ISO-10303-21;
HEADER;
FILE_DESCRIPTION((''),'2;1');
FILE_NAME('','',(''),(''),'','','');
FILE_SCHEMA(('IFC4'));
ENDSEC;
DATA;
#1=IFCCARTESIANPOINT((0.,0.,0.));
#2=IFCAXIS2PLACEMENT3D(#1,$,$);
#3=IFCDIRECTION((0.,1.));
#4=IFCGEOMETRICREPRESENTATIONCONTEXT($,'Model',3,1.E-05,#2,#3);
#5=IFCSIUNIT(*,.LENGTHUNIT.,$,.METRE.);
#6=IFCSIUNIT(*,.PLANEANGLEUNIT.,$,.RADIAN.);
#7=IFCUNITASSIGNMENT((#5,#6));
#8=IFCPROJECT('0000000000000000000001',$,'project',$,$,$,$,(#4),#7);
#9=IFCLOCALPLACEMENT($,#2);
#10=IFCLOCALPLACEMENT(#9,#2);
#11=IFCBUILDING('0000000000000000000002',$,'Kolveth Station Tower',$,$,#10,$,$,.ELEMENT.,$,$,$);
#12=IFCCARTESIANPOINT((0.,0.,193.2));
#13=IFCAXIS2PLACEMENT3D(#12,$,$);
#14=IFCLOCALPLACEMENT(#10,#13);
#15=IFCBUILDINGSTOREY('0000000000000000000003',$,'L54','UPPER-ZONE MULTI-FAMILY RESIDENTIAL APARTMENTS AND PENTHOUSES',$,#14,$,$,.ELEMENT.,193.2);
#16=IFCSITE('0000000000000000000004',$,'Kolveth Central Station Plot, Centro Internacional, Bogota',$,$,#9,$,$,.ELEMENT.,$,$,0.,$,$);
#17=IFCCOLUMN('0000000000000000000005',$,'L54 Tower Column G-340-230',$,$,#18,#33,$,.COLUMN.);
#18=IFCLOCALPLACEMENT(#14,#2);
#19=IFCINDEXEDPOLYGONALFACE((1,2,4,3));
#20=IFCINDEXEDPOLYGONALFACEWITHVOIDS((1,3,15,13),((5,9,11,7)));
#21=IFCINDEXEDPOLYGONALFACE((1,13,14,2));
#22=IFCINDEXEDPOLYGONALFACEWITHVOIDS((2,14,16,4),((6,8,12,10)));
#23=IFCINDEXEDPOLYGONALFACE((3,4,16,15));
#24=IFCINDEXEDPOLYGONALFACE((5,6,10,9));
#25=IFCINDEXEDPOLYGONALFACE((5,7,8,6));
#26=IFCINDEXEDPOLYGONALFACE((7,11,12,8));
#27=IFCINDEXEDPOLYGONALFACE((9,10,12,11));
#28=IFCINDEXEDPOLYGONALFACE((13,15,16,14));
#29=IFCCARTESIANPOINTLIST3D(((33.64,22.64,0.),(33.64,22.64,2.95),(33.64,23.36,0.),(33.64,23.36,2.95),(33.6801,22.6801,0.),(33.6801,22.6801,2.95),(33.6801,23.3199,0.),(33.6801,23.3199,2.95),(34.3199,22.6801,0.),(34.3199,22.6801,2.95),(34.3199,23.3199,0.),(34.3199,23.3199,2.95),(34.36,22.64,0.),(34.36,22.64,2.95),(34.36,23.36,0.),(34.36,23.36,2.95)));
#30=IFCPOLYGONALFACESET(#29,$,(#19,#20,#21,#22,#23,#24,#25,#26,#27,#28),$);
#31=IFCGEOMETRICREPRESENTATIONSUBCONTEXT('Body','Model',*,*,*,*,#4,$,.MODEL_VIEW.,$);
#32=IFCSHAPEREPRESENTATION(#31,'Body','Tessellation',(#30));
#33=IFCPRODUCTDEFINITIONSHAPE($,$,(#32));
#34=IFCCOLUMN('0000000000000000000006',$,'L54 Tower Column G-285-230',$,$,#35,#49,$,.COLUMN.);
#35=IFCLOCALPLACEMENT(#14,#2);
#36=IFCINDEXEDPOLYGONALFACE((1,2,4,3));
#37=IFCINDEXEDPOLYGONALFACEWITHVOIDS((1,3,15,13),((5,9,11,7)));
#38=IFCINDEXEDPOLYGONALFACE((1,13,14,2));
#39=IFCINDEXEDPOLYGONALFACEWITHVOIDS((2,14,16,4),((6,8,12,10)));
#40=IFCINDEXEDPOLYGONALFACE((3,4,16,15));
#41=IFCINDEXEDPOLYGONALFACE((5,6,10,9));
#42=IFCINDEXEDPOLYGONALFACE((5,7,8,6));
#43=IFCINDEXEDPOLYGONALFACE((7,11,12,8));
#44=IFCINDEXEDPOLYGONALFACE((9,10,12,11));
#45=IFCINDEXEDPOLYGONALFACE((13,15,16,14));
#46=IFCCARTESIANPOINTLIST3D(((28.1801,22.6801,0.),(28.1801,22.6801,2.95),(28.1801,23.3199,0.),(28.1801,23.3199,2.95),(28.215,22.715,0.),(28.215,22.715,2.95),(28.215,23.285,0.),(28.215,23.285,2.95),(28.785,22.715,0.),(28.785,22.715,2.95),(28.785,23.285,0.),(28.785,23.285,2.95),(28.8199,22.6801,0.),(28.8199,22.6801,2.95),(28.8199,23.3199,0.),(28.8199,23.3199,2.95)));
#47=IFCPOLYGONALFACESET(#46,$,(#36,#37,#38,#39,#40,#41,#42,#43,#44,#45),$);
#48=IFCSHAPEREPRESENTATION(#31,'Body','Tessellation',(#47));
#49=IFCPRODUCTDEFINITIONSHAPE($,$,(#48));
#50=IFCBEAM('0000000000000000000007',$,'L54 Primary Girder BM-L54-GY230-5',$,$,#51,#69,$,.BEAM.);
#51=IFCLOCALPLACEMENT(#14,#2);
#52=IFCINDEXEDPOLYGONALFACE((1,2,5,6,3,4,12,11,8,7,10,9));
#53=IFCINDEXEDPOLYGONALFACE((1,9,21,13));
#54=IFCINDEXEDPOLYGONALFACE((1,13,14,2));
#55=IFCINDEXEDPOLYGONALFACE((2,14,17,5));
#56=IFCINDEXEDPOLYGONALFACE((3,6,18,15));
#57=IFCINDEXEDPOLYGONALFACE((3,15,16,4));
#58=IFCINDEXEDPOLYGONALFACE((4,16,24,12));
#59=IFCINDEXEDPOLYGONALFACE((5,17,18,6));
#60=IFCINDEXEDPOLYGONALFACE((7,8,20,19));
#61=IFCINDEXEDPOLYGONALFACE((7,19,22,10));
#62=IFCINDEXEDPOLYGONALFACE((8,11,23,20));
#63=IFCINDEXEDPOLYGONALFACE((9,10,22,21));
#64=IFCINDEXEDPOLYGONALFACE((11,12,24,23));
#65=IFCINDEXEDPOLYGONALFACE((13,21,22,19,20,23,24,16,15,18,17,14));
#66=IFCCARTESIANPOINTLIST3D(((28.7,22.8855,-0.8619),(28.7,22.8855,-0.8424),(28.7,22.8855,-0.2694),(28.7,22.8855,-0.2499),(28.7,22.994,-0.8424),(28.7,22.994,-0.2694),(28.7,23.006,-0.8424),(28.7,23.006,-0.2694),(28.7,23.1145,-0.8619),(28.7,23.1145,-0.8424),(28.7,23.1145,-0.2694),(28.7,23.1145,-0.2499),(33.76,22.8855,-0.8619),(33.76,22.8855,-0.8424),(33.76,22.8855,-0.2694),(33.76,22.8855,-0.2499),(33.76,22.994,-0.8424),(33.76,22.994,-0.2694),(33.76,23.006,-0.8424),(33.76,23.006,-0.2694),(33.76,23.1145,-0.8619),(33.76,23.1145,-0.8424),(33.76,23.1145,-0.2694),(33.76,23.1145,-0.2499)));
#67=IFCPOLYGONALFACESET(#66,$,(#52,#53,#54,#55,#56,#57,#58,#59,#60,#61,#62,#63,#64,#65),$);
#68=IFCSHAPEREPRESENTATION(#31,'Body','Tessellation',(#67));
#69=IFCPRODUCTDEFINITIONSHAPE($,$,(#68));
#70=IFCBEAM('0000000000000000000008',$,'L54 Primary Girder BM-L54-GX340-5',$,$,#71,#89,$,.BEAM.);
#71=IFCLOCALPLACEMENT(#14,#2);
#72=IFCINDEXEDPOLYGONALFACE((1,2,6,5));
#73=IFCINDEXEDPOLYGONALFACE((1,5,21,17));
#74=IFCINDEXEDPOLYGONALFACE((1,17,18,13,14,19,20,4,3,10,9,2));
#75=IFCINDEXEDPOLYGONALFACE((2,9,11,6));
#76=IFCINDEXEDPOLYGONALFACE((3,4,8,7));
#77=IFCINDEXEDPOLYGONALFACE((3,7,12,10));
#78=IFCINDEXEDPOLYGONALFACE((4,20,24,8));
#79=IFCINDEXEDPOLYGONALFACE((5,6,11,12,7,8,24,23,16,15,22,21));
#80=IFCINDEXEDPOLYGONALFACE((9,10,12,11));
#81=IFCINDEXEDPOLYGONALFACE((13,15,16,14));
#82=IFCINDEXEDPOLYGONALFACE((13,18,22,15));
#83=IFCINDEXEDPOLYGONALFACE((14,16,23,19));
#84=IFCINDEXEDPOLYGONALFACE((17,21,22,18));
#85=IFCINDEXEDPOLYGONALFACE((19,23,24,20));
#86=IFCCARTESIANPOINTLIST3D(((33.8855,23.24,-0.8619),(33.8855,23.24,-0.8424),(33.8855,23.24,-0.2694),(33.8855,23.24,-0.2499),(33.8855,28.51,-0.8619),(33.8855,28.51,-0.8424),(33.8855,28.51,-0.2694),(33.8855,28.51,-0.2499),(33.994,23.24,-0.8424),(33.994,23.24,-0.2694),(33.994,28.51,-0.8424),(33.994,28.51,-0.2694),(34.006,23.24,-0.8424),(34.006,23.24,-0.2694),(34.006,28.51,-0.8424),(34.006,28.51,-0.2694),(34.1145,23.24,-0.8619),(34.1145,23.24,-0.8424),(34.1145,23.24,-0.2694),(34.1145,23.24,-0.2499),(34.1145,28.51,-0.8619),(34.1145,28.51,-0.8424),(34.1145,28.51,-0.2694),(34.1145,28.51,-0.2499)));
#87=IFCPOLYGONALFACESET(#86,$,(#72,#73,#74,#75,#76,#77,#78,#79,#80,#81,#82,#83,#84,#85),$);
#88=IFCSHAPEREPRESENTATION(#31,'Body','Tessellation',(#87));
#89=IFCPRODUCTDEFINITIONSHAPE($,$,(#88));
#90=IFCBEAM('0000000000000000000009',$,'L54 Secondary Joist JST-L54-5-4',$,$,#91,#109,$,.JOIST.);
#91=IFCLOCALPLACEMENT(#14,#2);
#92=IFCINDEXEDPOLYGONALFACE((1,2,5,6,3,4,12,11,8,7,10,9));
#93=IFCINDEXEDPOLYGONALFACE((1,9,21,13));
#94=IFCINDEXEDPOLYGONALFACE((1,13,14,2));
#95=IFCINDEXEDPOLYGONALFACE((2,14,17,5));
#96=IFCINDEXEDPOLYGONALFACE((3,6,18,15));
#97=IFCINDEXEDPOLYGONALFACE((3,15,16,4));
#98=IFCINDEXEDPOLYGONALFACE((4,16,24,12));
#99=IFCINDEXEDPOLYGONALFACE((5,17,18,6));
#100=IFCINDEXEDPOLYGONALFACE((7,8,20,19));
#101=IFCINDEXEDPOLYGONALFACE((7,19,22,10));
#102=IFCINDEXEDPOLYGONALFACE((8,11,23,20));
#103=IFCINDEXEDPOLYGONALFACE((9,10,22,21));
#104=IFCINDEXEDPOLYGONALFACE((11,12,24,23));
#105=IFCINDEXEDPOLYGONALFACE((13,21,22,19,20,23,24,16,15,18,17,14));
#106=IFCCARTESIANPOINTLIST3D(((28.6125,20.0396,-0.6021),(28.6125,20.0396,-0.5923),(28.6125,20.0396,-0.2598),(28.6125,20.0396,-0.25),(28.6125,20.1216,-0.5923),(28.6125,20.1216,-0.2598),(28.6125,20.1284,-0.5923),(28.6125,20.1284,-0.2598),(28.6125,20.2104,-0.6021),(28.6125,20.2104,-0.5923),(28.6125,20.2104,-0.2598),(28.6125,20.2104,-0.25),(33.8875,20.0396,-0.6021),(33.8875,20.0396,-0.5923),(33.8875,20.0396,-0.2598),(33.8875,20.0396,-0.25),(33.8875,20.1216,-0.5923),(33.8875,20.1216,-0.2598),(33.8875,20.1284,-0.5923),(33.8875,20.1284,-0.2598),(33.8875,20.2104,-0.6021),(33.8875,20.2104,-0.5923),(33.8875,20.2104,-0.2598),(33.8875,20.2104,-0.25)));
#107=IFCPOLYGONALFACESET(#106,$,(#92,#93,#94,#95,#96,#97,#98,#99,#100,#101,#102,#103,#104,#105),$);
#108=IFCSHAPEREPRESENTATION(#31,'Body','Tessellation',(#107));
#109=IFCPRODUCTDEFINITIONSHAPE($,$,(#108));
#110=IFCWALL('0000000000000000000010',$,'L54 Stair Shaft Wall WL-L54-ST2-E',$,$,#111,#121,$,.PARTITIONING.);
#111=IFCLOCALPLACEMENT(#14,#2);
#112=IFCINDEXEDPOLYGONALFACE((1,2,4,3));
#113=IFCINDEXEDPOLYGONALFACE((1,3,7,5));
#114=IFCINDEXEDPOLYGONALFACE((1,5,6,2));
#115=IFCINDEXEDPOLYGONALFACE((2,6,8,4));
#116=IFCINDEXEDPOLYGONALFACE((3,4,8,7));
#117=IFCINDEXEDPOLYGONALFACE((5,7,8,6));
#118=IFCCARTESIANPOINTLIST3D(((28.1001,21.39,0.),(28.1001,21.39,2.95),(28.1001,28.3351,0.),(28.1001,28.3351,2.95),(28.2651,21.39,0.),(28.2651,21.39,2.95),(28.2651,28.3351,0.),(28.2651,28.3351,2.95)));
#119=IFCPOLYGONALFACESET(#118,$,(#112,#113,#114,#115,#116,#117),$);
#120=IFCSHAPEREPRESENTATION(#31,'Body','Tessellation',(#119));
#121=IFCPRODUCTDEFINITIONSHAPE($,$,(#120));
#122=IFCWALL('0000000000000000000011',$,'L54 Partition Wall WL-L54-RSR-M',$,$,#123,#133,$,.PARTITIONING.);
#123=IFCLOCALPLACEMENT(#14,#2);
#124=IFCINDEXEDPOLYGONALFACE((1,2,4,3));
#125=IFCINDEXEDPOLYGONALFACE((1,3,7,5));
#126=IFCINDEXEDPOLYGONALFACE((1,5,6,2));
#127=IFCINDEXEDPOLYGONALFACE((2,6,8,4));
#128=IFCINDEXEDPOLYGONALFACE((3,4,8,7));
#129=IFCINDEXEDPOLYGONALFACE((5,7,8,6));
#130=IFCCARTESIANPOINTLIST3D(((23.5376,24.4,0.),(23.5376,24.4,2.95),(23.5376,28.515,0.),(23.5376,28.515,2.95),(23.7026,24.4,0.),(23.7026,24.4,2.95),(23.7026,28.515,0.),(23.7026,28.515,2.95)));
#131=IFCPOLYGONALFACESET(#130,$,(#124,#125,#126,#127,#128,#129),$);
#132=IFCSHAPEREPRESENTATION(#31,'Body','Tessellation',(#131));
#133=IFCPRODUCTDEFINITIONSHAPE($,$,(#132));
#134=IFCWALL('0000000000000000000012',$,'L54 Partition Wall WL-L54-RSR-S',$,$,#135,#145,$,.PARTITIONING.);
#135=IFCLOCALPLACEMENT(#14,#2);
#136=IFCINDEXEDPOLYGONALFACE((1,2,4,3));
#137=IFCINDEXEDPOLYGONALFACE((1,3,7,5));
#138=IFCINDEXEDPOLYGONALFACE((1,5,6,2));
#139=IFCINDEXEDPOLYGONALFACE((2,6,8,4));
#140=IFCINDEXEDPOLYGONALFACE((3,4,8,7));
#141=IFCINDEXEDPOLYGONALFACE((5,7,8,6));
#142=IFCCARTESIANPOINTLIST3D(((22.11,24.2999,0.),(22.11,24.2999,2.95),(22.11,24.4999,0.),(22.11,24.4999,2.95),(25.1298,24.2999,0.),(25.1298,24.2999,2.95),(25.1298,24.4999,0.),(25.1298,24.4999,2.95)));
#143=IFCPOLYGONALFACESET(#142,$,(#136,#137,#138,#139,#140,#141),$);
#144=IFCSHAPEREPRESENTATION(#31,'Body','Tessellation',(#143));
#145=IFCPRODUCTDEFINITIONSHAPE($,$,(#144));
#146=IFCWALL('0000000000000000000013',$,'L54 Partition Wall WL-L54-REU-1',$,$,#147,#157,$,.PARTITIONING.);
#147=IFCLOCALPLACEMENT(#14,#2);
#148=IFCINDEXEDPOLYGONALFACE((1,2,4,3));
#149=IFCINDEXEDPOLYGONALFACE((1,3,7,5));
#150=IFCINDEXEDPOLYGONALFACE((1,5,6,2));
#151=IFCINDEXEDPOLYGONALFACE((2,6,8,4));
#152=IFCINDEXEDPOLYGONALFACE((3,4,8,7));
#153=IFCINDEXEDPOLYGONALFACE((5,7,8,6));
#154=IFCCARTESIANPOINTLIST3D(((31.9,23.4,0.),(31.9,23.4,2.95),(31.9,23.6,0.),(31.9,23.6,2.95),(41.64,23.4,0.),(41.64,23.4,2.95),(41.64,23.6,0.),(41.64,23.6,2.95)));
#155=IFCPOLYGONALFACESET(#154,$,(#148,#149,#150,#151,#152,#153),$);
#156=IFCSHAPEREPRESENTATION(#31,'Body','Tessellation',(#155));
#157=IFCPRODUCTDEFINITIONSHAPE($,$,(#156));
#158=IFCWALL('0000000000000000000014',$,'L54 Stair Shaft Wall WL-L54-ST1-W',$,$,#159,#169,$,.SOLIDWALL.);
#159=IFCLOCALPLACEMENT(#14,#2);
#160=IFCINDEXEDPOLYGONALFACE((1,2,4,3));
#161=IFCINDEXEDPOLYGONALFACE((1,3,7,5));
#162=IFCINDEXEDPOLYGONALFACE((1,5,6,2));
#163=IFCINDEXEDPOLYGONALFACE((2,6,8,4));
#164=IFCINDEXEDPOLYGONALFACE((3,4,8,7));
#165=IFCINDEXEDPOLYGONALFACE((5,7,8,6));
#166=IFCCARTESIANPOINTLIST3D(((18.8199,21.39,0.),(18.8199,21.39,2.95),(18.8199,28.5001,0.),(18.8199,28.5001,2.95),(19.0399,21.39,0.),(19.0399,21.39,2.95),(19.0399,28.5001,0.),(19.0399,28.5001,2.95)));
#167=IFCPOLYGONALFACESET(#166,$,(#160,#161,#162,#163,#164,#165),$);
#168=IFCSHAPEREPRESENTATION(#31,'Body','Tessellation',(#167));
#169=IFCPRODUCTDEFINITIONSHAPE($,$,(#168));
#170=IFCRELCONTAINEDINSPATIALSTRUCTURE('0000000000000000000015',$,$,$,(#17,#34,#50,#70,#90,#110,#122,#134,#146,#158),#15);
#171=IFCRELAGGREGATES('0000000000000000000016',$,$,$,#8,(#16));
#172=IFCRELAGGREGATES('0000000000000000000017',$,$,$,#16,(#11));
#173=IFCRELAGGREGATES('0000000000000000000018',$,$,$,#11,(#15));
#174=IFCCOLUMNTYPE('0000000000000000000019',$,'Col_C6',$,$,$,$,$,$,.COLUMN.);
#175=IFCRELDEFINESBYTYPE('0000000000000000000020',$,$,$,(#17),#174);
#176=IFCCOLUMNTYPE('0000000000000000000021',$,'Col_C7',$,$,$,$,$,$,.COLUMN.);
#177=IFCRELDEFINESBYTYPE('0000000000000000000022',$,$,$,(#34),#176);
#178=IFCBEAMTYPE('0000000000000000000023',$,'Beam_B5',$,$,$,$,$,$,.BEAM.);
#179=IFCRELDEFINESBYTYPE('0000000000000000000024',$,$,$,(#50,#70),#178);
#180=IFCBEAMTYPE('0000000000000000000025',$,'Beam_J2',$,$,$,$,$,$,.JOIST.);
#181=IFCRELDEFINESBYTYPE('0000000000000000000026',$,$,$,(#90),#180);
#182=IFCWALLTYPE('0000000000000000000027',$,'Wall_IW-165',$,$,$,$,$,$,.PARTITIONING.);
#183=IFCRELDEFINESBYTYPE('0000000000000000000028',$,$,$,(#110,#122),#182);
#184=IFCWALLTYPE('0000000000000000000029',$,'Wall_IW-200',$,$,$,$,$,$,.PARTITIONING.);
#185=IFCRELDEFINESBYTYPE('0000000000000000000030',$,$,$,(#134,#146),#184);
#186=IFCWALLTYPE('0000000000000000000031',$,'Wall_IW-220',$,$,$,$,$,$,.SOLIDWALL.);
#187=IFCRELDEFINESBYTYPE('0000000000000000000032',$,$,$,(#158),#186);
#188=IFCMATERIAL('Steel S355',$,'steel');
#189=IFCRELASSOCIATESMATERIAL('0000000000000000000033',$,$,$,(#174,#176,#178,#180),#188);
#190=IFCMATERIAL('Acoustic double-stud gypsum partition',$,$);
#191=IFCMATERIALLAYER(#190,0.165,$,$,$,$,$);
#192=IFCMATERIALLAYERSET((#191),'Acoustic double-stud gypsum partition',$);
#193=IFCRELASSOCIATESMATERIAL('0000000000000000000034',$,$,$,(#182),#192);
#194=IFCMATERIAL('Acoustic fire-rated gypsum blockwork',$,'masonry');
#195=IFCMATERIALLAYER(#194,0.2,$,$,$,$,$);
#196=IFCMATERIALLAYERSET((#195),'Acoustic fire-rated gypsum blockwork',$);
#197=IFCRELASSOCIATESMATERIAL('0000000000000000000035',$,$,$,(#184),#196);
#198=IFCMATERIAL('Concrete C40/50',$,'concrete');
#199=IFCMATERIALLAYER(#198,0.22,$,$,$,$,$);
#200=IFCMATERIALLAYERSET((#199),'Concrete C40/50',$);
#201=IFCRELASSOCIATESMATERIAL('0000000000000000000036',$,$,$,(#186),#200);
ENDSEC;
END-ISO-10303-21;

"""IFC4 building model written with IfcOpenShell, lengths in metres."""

from ifc_helpers import new_model, si_unit, direction, frame, frame_2d, origin, origin_2d, place, context, subcontext, project, spatial, rectangle, hollow_rectangle, i_section, extrude, source, transform, mapped, material, layer, layer_set, material_profile, profile_set, type_object, element, save


model = new_model("IFC4")

# Units and contexts
model_context = context("Model", 3, precision=1e-05, world=origin(), true_north=direction((0.0, 1.0)))
body_context = subcontext(model_context, "Body", "Model", "MODEL_VIEW")
ifc_project = project(units=[si_unit("LENGTHUNIT", "METRE"), si_unit("PLANEANGLEUNIT", "RADIAN")], contexts=[model_context])

# Site, building, storey
site_placement = place(None, origin())
site = spatial("IfcSite", under=ifc_project, at=site_placement, Name="Kolveth Central Station Plot, Centro Internacional, Bogota", CompositionType="ELEMENT", RefElevation=0.0)
building_placement = place(site_placement, origin())
building = spatial("IfcBuilding", under=site, at=building_placement, Name="Kolveth Station Tower", CompositionType="ELEMENT")
storey_placement = place(building_placement, frame((0.0, 0.0, 193.2)))
storey = spatial("IfcBuildingStorey", under=building, at=storey_placement, Name="L54", Description="UPPER-ZONE MULTI-FAMILY RESIDENTIAL APARTMENTS AND PENTHOUSES", CompositionType="ELEMENT", Elevation=193.2)

# Columns
ifc_material_1 = material(Name="Steel S355", Category="steel")
ifc_material_profile_1 = material_profile(ifc_material_1, hollow_rectangle(XDim=0.72, YDim=0.72, WallThickness=0.04, at=origin_2d()), Name="BOX720x720x40")
ifc_profile_set_1 = profile_set([ifc_material_profile_1], Name="Steel S355")
column_type_1 = type_object("IfcColumnType", Name="Col_C6", PredefinedType="COLUMN", material=ifc_profile_set_1)
shared_shape_1 = source(origin(), body_context, "Body", "SweptSolid", [
    extrude(hollow_rectangle(XDim=0.72, YDim=0.72, WallThickness=0.04, at=origin_2d()), origin(), (0.0, 0.0, 1.0), 2.95),
])
column_1_placement = place(storey_placement, frame((34.0, 23.0, 0.0), z_axis=(0.0, 0.0, 1.0), x_axis=(1.0, 0.0, 0.0)))
element("IfcColumn", 1, at=column_1_placement, inside=storey, type_object=column_type_1, Name="L54 Tower Column G-340-230", PredefinedType="COLUMN", context=body_context, shape_type="MappedRepresentation", body=[
    mapped(shared_shape_1, transform((0.0, 0.0, 0.0), x_axis=(1.0, 0.0, 0.0), y_axis=(0.0, 1.0, 0.0), z_axis=(0.0, 0.0, 1.0), scale=1.0)),
])
ifc_material_profile_2 = material_profile(ifc_material_1, hollow_rectangle(XDim=0.6399, YDim=0.6399, WallThickness=0.0349, at=origin_2d()), Name="BOX640x640x35")
ifc_profile_set_2 = profile_set([ifc_material_profile_2], Name="Steel S355")
column_type_2 = type_object("IfcColumnType", Name="Col_C7", PredefinedType="COLUMN", material=ifc_profile_set_2)
shared_shape_2 = source(origin(), body_context, "Body", "SweptSolid", [
    extrude(hollow_rectangle(XDim=0.6399, YDim=0.6399, WallThickness=0.0349, at=origin_2d()), origin(), (0.0, 0.0, 1.0), 2.95),
])
column_2_placement = place(storey_placement, frame((28.5, 23.0, 0.0), z_axis=(0.0, 0.0, 1.0), x_axis=(1.0, 0.0, 0.0)))
element("IfcColumn", 2, at=column_2_placement, inside=storey, type_object=column_type_2, Name="L54 Tower Column G-285-230", PredefinedType="COLUMN", context=body_context, shape_type="MappedRepresentation", body=[
    mapped(shared_shape_2, transform((0.0, 0.0, 0.0), x_axis=(1.0, 0.0, 0.0), y_axis=(0.0, 1.0, 0.0), z_axis=(0.0, 0.0, 1.0), scale=1.0)),
])

# Beams
ifc_material_profile_3 = material_profile(ifc_material_1, i_section(OverallWidth=0.229, OverallDepth=0.6121, WebThickness=0.012, FlangeThickness=0.0195, at=origin_2d()), Name="W610x125")
ifc_profile_set_3 = profile_set([ifc_material_profile_3], Name="Steel S355")
beam_type_1 = type_object("IfcBeamType", Name="Beam_B5", PredefinedType="BEAM", material=ifc_profile_set_3)
shared_shape_3 = source(origin(), body_context, "Body", "SweptSolid", [
    extrude(i_section(OverallWidth=0.229, OverallDepth=0.6121, WebThickness=0.012, FlangeThickness=0.0195, at=origin_2d()), origin(), (0.0, 0.0, 1.0), 5.0601),
])
beam_1_placement = place(storey_placement, frame((28.7, 23.0, -0.5559), z_axis=(1.0, 0.0, 0.0), x_axis=(0.0, 1.0, 0.0)))
element("IfcBeam", 3, at=beam_1_placement, inside=storey, type_object=beam_type_1, Name="L54 Primary Girder BM-L54-GY230-5", PredefinedType="BEAM", context=body_context, shape_type="MappedRepresentation", body=[
    mapped(shared_shape_3, transform((0.0, 0.0, 0.0), x_axis=(1.0, 0.0, 0.0), y_axis=(0.0, 1.0, 0.0), z_axis=(0.0, 0.0, 1.0), scale=1.0)),
])
shared_shape_4 = source(origin(), body_context, "Body", "SweptSolid", [
    extrude(i_section(OverallWidth=0.229, OverallDepth=0.6121, WebThickness=0.012, FlangeThickness=0.0195, at=origin_2d()), origin(), (0.0, 0.0, 1.0), 5.27),
])
beam_2_placement = place(storey_placement, frame((34.0, 23.24, -0.5559), z_axis=(0.0, 1.0, 0.0), x_axis=(-1.0, 0.0, 0.0)))
element("IfcBeam", 4, at=beam_2_placement, inside=storey, type_object=beam_type_1, Name="L54 Primary Girder BM-L54-GX340-5", PredefinedType="BEAM", context=body_context, shape_type="MappedRepresentation", body=[
    mapped(shared_shape_4, transform((0.0, 0.0, 0.0), x_axis=(1.0, 0.0, 0.0), y_axis=(0.0, 1.0, 0.0), z_axis=(0.0, 0.0, 1.0), scale=1.0)),
])
ifc_material_profile_4 = material_profile(ifc_material_1, i_section(OverallWidth=0.1709, OverallDepth=0.3521, WebThickness=0.0068, FlangeThickness=0.0098, at=origin_2d()), Name="W360x44")
ifc_profile_set_4 = profile_set([ifc_material_profile_4], Name="Steel S355")
beam_type_2 = type_object("IfcBeamType", Name="Beam_J2", PredefinedType="JOIST", material=ifc_profile_set_4)
shared_shape_5 = source(origin(), body_context, "Body", "SweptSolid", [
    extrude(i_section(OverallWidth=0.1709, OverallDepth=0.3521, WebThickness=0.0068, FlangeThickness=0.0098, at=origin_2d()), origin(), (0.0, 0.0, 1.0), 5.2749),
])
beam_3_placement = place(storey_placement, frame((28.6125, 20.125, -0.426), z_axis=(1.0, 0.0, 0.0), x_axis=(0.0, 1.0, 0.0)))
element("IfcBeam", 5, at=beam_3_placement, inside=storey, type_object=beam_type_2, Name="L54 Secondary Joist JST-L54-5-4", PredefinedType="JOIST", context=body_context, shape_type="MappedRepresentation", body=[
    mapped(shared_shape_5, transform((0.0, 0.0, 0.0), x_axis=(1.0, 0.0, 0.0), y_axis=(0.0, 1.0, 0.0), z_axis=(0.0, 0.0, 1.0), scale=1.0)),
])

# Walls
ifc_material_2 = material(Name="Acoustic double-stud gypsum partition")
ifc_layer_1 = layer(ifc_material_2, 0.165)
ifc_layer_set_1 = layer_set([ifc_layer_1], Name="Acoustic double-stud gypsum partition")
wall_type_1 = type_object("IfcWallType", Name="Wall_IW-165", PredefinedType="PARTITIONING", material=ifc_layer_set_1)
wall_1_placement = place(storey_placement, frame((28.1826, 21.3899, 0.0), z_axis=(0.0, 0.0, 1.0), x_axis=(0.0, 1.0, 0.0)))
element("IfcWall", 6, at=wall_1_placement, inside=storey, type_object=wall_type_1, Name="L54 Stair Shaft Wall WL-L54-ST2-E", PredefinedType="PARTITIONING", context=body_context, shape_type="SweptSolid", body=[
    extrude(rectangle(XDim=6.9451, YDim=0.165, at=frame_2d((3.4727, 0.0))), origin(), (0.0, 0.0, 1.0), 2.95),
])
wall_2_placement = place(storey_placement, frame((23.6201, 24.3999, 0.0), z_axis=(0.0, 0.0, 1.0), x_axis=(0.0, 1.0, 0.0)))
element("IfcWall", 7, at=wall_2_placement, inside=storey, type_object=wall_type_1, Name="L54 Partition Wall WL-L54-RSR-M", PredefinedType="PARTITIONING", context=body_context, shape_type="SweptSolid", body=[
    extrude(rectangle(XDim=4.115, YDim=0.165, at=frame_2d((2.0576, 0.0))), origin(), (0.0, 0.0, 1.0), 2.95),
])
ifc_material_3 = material(Name="Acoustic fire-rated gypsum blockwork", Category="masonry")
ifc_layer_2 = layer(ifc_material_3, 0.2)
ifc_layer_set_2 = layer_set([ifc_layer_2], Name="Acoustic fire-rated gypsum blockwork")
wall_type_2 = type_object("IfcWallType", Name="Wall_IW-200", PredefinedType="PARTITIONING", material=ifc_layer_set_2)
wall_3_placement = place(storey_placement, frame((22.1101, 24.3999, 0.0), z_axis=(0.0, 0.0, 1.0), x_axis=(1.0, 0.0, 0.0)))
element("IfcWall", 8, at=wall_3_placement, inside=storey, type_object=wall_type_2, Name="L54 Partition Wall WL-L54-RSR-S", PredefinedType="PARTITIONING", context=body_context, shape_type="SweptSolid", body=[
    extrude(rectangle(XDim=3.0198, YDim=0.2, at=frame_2d((1.5098, 0.0))), origin(), (0.0, 0.0, 1.0), 2.95),
])
wall_4_placement = place(storey_placement, frame((31.8999, 23.5, 0.0), z_axis=(0.0, 0.0, 1.0), x_axis=(1.0, 0.0, 0.0)))
element("IfcWall", 9, at=wall_4_placement, inside=storey, type_object=wall_type_2, Name="L54 Partition Wall WL-L54-REU-1", PredefinedType="PARTITIONING", context=body_context, shape_type="SweptSolid", body=[
    extrude(rectangle(XDim=9.74, YDim=0.2, at=frame_2d((4.8701, 0.0))), origin(), (0.0, 0.0, 1.0), 2.95),
])
ifc_material_4 = material(Name="Concrete C40/50", Category="concrete")
ifc_layer_3 = layer(ifc_material_4, 0.22)
ifc_layer_set_3 = layer_set([ifc_layer_3], Name="Concrete C40/50")
wall_type_3 = type_object("IfcWallType", Name="Wall_IW-220", PredefinedType="SOLIDWALL", material=ifc_layer_set_3)
for number, where, z_axis, x_axis, name in (
    (10, (18.9299, 21.3899, 0.0), (0.0, 0.0, 1.0), (0.0, 1.0, 0.0), "L54 Stair Shaft Wall WL-L54-ST1-W"),
):
    element("IfcWall", number, at=place(storey_placement, frame(where, z_axis=z_axis, x_axis=x_axis)), inside=storey, type_object=wall_type_3, Name=name, PredefinedType="SOLIDWALL", context=body_context, shape_type="SweptSolid", body=[
        extrude(rectangle(XDim=7.1101, YDim=0.22, at=frame_2d((3.5552, 0.0))), origin(), (0.0, 0.0, 1.0), 2.95),
    ])

save(model, "model.ifc")
